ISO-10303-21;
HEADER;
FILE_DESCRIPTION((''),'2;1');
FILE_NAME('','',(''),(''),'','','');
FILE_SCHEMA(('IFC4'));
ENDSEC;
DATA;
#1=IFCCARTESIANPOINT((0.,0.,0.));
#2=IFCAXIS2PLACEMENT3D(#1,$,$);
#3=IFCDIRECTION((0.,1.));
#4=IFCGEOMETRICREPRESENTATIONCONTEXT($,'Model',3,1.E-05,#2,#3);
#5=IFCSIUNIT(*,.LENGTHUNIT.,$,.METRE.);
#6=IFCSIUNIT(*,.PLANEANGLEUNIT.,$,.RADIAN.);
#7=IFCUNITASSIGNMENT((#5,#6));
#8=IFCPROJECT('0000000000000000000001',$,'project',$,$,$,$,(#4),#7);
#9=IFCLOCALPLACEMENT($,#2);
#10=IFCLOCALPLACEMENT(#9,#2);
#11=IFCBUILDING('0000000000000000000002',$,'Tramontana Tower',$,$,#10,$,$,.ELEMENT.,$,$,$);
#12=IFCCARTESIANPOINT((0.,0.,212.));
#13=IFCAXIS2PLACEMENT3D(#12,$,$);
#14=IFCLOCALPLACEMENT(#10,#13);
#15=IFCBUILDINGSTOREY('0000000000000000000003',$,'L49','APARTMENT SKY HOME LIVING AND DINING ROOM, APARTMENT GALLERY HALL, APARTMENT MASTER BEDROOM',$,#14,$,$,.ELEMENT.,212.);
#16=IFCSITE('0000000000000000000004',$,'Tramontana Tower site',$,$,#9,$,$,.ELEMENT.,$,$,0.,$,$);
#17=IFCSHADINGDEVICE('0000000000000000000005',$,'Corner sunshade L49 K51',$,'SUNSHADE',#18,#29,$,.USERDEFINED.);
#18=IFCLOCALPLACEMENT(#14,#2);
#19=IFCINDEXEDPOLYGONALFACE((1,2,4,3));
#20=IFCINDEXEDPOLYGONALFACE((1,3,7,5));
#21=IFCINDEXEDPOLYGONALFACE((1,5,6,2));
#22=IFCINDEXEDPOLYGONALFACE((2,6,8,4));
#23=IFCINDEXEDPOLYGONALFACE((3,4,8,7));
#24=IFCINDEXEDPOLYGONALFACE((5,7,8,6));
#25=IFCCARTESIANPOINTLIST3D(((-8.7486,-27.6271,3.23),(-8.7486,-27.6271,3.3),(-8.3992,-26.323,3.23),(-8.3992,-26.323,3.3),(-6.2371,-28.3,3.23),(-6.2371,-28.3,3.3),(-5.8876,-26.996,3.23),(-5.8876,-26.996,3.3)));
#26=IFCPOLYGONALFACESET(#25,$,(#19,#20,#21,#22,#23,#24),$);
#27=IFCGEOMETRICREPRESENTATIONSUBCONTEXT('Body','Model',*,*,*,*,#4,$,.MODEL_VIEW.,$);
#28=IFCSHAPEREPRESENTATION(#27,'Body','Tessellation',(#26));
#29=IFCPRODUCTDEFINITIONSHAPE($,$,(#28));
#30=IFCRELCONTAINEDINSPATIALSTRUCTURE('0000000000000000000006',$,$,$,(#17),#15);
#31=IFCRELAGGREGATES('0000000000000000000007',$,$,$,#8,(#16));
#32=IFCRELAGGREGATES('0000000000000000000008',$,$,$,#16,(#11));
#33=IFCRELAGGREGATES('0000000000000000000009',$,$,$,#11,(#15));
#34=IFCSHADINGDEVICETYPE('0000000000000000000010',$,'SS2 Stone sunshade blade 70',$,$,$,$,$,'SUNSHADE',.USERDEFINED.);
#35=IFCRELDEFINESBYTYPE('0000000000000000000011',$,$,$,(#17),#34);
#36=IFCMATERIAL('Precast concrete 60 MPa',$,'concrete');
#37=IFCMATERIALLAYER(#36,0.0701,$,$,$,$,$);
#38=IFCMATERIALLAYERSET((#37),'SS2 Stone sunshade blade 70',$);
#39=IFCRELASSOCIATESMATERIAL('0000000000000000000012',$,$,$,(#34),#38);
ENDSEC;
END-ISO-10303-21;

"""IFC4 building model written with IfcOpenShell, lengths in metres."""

from ifc_helpers import new_model, si_unit, direction, frame, origin, origin_2d, place, context, subcontext, project, spatial, rectangle, extrude, material, layer, layer_set, type_object, element, save


model = new_model("IFC4")

# Units and contexts
model_context = context("Model", 3, precision=1e-05, world=origin(), true_north=direction((0.0, 1.0)))
body_context = subcontext(model_context, "Body", "Model", "MODEL_VIEW")
ifc_project = project(units=[si_unit("LENGTHUNIT", "METRE"), si_unit("PLANEANGLEUNIT", "RADIAN")], contexts=[model_context])

# Site, building, storey
site_placement = place(None, origin())
site = spatial("IfcSite", under=ifc_project, at=site_placement, Name="Tramontana Tower site", CompositionType="ELEMENT", RefElevation=0.0)
building_placement = place(site_placement, origin())
building = spatial("IfcBuilding", under=site, at=building_placement, Name="Tramontana Tower", CompositionType="ELEMENT")
storey_placement = place(building_placement, frame((0.0, 0.0, 212.0)))
storey = spatial("IfcBuildingStorey", under=building, at=storey_placement, Name="L49", Description="APARTMENT SKY HOME LIVING AND DINING ROOM, APARTMENT GALLERY HALL, APARTMENT MASTER BEDROOM", CompositionType="ELEMENT", Elevation=212.0)

# Shading device
ifc_material_1 = material(Name="Precast concrete 60 MPa", Category="concrete")
ifc_layer_1 = layer(ifc_material_1, 0.0701)
ifc_layer_set_1 = layer_set([ifc_layer_1], Name="SS2 Stone sunshade blade 70")
shading_device_type = type_object("IfcShadingDeviceType", Name="SS2 Stone sunshade blade 70", ElementType="SUNSHADE", PredefinedType="USERDEFINED", material=ifc_layer_set_1)
shading_device_placement = place(storey_placement, frame((-7.3181, -27.3115, 3.23), z_axis=(0.0, 0.0, 1.0), x_axis=(-0.965926, 0.258819, 0.0)))
element("IfcShadingDevice", 1, at=shading_device_placement, inside=storey, type_object=shading_device_type, Name="Corner sunshade L49 K51", ObjectType="SUNSHADE", PredefinedType="USERDEFINED", context=body_context, shape_type="SweptSolid", body=[
    extrude(rectangle(XDim=2.6001, YDim=1.3501, at=origin_2d()), origin(), (0.0, 0.0, 1.0), 0.0701),
])

save(model, "model.ifc")
